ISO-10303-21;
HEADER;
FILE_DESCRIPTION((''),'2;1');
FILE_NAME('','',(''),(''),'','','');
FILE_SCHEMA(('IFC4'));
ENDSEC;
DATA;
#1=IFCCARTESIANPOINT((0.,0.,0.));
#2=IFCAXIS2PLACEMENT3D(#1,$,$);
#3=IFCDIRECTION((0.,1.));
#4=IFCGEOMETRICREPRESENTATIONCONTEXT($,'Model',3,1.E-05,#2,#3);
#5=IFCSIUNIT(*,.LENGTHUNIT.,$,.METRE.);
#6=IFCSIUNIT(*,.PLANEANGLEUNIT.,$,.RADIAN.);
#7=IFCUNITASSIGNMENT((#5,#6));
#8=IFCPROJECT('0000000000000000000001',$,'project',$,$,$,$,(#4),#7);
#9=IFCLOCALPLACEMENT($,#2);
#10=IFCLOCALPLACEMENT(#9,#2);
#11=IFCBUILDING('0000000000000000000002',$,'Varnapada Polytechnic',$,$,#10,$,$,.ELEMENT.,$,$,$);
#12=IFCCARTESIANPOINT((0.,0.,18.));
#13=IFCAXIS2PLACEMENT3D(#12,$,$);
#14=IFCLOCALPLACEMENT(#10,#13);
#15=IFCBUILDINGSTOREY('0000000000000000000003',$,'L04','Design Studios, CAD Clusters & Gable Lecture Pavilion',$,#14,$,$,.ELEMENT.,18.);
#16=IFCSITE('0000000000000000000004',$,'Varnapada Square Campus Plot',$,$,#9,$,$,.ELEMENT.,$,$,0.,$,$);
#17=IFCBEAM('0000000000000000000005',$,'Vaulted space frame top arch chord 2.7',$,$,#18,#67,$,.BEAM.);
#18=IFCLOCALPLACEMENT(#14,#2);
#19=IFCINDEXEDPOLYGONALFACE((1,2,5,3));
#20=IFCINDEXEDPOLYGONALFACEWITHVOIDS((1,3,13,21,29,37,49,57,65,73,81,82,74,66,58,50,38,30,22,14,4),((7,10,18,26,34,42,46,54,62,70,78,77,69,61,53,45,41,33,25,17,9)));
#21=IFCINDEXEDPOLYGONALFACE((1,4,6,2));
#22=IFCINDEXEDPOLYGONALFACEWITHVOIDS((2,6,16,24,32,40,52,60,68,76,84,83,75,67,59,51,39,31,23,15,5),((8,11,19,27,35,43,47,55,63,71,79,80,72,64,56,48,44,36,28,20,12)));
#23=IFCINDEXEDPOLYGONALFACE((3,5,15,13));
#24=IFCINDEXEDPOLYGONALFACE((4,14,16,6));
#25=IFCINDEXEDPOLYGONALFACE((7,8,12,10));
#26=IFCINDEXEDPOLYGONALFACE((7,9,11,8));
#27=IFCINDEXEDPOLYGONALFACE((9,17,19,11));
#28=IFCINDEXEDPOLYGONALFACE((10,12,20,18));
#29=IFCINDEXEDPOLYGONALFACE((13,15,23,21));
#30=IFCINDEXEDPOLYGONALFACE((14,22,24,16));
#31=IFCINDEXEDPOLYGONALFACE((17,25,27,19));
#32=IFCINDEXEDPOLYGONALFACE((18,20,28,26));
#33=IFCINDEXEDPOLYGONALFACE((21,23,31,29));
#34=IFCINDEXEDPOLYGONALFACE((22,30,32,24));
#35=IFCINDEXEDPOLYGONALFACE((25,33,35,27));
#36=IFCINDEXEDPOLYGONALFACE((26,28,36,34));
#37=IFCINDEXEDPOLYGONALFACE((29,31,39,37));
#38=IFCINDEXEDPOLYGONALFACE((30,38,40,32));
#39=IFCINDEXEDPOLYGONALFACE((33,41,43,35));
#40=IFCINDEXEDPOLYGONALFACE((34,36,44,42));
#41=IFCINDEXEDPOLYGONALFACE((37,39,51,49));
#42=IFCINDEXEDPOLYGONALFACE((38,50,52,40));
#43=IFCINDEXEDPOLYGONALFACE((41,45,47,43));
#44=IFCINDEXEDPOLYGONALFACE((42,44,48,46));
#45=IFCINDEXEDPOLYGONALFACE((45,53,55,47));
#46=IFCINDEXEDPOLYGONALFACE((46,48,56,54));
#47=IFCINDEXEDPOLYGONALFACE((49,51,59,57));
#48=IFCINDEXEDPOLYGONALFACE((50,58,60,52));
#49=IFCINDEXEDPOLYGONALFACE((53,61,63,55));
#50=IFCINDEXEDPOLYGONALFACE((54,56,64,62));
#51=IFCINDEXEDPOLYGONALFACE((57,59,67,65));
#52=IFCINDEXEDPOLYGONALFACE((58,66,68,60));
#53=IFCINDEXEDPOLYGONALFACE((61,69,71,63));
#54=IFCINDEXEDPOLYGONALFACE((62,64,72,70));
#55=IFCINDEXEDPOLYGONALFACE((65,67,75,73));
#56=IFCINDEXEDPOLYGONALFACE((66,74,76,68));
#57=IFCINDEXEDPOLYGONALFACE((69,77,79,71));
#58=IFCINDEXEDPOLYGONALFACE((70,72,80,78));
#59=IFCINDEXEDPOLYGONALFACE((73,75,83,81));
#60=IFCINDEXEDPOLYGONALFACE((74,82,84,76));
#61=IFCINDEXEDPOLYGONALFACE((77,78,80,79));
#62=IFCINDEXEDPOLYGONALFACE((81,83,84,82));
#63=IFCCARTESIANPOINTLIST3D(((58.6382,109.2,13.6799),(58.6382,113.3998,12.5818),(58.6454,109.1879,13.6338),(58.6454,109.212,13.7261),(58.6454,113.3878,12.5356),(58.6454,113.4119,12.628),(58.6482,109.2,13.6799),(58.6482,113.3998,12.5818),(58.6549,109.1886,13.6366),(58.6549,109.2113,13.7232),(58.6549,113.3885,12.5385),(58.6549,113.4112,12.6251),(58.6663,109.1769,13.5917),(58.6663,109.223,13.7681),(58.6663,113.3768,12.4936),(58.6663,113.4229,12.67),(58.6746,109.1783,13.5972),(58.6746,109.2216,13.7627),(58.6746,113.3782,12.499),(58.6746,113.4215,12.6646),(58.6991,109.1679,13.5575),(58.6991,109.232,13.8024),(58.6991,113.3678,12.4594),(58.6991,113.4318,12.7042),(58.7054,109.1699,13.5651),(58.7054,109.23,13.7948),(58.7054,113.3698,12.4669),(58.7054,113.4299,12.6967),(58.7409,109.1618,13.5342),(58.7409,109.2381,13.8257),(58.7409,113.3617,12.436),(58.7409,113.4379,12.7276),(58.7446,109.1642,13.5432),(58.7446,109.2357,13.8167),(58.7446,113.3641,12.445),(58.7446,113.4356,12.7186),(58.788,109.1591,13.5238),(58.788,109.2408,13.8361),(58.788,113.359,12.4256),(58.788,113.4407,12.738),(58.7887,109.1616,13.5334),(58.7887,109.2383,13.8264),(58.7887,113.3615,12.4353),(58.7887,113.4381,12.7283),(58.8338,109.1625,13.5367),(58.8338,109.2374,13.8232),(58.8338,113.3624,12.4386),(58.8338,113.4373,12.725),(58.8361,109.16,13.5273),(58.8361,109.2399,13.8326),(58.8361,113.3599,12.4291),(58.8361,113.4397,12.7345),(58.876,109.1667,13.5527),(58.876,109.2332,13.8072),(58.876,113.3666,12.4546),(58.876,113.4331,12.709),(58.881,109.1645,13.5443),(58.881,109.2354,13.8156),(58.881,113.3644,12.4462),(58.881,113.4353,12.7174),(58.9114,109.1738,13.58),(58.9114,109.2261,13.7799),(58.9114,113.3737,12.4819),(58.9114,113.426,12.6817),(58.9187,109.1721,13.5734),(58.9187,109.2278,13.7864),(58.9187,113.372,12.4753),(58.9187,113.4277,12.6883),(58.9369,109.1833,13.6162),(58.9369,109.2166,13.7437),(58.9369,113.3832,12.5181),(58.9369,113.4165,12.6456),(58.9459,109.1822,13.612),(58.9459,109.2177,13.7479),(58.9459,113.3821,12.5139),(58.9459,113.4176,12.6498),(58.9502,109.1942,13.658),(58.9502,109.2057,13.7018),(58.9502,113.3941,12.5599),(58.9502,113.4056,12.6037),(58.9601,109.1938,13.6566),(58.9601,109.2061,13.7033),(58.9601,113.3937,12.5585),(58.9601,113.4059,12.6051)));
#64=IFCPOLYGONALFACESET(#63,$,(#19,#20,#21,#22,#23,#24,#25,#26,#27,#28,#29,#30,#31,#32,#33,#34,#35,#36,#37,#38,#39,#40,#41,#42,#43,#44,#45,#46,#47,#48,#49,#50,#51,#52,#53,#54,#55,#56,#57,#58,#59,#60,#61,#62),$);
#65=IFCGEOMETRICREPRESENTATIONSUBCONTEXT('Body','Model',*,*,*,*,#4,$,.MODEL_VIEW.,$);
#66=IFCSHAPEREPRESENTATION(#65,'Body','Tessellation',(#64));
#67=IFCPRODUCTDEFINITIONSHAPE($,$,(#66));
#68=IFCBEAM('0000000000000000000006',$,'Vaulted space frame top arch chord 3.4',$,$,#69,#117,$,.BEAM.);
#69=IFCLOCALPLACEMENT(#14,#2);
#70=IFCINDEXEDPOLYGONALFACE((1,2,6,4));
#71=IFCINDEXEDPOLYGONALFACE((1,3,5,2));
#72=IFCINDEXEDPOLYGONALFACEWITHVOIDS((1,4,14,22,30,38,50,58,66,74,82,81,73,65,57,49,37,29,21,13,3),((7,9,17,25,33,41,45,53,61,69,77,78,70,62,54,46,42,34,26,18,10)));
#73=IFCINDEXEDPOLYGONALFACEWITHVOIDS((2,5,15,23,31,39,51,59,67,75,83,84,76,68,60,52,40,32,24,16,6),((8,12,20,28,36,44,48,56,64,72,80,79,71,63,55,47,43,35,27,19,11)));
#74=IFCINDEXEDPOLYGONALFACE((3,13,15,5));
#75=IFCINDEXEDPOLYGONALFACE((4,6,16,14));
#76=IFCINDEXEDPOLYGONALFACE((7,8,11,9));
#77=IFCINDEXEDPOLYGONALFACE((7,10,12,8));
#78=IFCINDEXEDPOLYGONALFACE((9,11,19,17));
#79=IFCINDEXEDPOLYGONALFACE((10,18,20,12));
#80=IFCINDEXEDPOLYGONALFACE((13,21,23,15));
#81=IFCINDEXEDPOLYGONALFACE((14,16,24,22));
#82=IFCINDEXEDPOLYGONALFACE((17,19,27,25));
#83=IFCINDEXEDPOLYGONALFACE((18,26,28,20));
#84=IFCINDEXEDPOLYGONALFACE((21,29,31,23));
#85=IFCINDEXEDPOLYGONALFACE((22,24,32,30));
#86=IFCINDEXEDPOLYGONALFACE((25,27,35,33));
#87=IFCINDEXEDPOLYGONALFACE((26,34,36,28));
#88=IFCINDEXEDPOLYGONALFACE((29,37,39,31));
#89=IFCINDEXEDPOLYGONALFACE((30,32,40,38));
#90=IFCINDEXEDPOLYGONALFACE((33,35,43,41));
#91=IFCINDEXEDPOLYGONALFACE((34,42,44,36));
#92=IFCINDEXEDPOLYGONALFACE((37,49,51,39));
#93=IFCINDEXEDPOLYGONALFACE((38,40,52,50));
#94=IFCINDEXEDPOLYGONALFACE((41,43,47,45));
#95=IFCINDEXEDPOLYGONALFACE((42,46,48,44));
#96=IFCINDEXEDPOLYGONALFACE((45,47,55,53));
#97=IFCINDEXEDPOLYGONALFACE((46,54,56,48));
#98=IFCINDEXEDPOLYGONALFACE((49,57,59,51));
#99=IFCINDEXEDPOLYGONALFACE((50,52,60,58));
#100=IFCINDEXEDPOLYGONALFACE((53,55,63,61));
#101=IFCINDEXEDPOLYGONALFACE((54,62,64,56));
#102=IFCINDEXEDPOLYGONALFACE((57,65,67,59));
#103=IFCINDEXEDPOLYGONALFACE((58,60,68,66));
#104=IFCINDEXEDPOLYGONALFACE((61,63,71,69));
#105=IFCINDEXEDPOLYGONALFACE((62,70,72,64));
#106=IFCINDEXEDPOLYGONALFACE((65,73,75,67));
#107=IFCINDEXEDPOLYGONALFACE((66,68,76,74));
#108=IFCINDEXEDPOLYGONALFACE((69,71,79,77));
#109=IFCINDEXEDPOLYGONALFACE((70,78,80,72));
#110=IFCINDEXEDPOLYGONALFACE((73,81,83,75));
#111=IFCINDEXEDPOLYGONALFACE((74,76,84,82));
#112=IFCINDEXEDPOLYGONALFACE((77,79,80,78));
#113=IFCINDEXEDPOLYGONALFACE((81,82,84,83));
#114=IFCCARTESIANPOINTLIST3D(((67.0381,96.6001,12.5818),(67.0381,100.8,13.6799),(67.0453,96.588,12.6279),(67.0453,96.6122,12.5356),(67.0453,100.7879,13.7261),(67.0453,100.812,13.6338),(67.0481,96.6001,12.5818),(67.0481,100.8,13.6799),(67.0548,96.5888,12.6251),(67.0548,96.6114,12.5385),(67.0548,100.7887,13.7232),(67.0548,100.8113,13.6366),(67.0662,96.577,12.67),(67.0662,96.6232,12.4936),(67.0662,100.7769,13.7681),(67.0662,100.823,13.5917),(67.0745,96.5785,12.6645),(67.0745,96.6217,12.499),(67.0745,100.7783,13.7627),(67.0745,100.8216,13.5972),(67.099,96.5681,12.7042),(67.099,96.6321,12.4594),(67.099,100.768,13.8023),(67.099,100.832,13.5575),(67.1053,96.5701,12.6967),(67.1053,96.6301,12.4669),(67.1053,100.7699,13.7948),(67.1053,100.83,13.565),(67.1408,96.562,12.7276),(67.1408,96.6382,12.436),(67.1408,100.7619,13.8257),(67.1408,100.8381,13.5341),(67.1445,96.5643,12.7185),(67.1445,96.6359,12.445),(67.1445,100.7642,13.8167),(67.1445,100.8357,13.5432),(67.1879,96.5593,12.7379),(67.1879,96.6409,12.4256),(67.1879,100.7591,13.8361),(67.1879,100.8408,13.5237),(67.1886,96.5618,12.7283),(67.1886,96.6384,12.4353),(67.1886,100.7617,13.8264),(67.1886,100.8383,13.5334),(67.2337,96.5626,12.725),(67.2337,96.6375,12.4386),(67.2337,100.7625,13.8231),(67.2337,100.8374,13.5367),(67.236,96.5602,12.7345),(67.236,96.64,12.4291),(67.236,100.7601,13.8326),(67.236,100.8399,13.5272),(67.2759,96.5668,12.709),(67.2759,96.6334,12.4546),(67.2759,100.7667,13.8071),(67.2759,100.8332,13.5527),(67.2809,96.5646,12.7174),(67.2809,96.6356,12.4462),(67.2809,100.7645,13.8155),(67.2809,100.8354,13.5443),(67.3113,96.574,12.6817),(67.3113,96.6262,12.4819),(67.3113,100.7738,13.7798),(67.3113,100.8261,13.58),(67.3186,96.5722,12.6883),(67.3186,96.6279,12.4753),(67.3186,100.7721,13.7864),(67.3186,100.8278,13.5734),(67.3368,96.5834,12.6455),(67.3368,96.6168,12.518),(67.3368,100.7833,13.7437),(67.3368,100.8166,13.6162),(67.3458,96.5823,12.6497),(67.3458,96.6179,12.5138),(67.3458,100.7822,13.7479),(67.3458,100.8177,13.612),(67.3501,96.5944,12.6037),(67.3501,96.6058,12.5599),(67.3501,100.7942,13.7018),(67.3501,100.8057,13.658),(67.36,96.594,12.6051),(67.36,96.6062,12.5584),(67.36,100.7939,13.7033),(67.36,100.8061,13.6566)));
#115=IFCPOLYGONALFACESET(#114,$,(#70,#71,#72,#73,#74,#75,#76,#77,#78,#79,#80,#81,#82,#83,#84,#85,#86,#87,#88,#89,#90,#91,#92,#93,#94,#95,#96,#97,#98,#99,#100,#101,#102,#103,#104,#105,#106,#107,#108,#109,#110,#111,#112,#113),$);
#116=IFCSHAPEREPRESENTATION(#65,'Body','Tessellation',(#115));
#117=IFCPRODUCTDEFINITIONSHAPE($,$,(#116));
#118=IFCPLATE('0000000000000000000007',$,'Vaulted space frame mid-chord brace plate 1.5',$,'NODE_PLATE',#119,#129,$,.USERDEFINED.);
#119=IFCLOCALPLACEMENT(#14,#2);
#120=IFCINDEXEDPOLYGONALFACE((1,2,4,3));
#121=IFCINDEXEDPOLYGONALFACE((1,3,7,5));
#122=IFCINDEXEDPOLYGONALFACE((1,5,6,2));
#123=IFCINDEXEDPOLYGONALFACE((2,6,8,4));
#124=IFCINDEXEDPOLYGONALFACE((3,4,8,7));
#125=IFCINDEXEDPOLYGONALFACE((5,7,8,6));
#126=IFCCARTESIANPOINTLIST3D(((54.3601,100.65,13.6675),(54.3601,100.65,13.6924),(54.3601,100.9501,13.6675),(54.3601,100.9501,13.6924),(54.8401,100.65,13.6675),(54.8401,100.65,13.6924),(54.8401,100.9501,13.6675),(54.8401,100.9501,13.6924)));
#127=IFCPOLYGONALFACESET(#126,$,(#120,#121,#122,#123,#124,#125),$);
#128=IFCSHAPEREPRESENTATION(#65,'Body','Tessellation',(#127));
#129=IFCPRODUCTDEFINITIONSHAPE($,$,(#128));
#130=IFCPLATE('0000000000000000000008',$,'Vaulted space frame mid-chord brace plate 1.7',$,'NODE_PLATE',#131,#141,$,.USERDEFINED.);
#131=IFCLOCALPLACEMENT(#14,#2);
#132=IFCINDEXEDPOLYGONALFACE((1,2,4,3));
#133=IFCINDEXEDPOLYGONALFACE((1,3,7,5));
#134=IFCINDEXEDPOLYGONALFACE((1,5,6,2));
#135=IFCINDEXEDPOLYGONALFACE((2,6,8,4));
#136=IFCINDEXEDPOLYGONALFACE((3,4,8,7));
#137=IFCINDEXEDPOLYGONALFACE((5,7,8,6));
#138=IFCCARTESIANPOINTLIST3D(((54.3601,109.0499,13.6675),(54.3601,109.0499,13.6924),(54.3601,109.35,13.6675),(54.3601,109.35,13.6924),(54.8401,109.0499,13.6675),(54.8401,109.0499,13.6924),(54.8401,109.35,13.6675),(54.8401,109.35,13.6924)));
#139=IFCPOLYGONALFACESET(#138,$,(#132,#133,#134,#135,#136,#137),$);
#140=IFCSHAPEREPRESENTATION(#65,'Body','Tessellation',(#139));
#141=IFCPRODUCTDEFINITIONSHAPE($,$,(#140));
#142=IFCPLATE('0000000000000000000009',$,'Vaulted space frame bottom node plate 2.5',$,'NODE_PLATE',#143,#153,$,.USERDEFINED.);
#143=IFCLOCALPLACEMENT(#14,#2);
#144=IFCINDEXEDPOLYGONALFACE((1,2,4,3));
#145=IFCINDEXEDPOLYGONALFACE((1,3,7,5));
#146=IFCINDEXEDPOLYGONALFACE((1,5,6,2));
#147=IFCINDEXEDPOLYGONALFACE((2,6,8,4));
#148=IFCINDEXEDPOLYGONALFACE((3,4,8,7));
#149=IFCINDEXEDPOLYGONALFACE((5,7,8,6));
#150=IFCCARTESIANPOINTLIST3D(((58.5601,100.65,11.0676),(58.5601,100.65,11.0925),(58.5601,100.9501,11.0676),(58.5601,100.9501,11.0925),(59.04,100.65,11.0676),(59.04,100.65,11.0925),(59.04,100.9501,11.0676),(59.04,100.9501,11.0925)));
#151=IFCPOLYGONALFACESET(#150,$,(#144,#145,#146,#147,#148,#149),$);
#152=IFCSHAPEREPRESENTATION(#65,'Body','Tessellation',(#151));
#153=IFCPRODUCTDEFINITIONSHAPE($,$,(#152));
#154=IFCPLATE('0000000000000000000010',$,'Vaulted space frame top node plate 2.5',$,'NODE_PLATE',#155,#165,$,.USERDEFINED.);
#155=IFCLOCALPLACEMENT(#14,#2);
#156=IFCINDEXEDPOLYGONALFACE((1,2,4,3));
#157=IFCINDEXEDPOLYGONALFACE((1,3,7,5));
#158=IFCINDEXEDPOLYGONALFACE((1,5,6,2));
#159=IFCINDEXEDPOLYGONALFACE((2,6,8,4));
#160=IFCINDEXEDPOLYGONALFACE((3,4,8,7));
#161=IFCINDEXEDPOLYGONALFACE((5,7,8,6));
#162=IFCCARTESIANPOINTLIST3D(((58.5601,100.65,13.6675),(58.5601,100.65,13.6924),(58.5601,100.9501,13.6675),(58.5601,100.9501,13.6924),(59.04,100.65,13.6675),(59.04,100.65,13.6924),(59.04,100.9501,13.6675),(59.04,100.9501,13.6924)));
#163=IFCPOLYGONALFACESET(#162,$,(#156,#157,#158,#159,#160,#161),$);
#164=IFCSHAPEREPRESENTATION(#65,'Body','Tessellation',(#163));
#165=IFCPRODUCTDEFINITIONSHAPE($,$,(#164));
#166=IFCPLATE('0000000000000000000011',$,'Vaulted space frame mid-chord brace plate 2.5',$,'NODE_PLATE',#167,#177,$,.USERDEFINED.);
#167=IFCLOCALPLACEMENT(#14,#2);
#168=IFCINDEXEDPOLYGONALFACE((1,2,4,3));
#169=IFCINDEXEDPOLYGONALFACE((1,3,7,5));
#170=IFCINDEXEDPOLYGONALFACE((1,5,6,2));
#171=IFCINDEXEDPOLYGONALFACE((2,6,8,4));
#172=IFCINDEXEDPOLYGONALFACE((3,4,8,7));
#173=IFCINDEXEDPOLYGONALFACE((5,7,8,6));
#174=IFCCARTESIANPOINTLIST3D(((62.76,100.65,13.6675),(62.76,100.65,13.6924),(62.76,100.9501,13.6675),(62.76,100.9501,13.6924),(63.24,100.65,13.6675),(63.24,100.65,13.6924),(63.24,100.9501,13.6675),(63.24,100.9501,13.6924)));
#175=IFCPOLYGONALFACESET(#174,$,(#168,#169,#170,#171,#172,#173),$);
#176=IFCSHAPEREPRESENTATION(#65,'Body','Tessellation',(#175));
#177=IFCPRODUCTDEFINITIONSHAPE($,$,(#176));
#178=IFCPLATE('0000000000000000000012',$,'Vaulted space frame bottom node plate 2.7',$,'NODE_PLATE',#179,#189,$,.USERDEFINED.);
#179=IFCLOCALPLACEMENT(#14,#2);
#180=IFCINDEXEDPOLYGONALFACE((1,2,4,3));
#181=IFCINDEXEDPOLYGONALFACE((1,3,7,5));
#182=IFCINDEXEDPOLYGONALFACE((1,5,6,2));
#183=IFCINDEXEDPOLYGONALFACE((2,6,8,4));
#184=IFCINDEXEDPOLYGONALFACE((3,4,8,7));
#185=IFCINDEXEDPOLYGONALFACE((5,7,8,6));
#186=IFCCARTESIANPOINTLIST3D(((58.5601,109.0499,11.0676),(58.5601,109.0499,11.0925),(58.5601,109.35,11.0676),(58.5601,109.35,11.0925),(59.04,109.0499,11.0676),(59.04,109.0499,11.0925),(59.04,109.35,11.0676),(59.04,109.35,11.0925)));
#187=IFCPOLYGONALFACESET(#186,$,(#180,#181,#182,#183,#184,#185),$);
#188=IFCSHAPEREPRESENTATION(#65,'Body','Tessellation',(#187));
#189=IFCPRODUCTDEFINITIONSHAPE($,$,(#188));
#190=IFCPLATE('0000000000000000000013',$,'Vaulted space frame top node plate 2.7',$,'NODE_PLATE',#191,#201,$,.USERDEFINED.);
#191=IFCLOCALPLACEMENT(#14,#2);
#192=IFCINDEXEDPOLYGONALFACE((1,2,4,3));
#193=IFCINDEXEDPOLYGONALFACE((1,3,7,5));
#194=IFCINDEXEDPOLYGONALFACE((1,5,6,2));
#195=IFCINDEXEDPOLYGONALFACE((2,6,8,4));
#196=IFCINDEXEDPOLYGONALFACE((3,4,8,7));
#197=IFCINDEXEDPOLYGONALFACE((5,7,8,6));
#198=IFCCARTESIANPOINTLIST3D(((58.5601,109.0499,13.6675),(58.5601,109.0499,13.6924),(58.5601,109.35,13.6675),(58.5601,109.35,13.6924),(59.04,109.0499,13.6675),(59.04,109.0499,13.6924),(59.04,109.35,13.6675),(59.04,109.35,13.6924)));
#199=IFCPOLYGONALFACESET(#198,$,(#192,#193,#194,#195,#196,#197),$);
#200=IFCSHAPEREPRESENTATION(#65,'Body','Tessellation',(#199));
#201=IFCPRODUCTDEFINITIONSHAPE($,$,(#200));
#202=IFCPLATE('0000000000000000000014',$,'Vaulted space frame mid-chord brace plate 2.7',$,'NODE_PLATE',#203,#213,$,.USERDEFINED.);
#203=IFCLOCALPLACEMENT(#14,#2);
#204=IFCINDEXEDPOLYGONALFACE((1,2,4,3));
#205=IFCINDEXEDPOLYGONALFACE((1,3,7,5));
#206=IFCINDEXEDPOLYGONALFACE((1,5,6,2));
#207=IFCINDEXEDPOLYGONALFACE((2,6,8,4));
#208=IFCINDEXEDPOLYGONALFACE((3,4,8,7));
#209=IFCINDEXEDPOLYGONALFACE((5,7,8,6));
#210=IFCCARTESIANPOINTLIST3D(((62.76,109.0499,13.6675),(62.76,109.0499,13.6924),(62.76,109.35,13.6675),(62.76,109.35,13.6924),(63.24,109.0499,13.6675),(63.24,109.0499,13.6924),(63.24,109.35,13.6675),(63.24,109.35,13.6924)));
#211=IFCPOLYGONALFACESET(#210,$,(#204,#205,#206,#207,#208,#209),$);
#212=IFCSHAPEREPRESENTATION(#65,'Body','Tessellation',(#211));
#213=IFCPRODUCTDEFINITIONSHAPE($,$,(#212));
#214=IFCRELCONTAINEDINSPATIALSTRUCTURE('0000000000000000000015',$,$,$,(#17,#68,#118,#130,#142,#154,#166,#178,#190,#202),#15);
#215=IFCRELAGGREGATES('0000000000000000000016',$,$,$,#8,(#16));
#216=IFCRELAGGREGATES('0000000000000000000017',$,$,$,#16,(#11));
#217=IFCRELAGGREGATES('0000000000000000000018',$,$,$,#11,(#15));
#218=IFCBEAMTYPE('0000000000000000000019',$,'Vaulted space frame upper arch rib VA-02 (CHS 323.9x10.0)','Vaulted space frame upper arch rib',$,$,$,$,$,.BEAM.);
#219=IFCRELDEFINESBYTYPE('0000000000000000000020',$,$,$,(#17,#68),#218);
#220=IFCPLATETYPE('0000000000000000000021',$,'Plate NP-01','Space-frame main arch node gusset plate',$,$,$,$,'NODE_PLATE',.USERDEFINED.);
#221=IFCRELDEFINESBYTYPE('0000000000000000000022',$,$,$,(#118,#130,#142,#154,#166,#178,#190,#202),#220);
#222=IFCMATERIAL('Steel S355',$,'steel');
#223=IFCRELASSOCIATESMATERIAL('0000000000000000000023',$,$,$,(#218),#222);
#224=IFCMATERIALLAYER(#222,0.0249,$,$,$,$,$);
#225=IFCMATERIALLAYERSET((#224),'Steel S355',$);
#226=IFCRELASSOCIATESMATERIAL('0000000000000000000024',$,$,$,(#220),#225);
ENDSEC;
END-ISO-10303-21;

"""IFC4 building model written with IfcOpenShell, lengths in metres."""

from ifc_helpers import new_model, si_unit, direction, frame, origin, origin_2d, place, context, subcontext, project, spatial, rectangle, hollow_circle, extrude, material, layer, layer_set, material_profile, profile_set, type_object, element, save


model = new_model("IFC4")

# Units and contexts
model_context = context("Model", 3, precision=1e-05, world=origin(), true_north=direction((0.0, 1.0)))
body_context = subcontext(model_context, "Body", "Model", "MODEL_VIEW")
ifc_project = project(units=[si_unit("LENGTHUNIT", "METRE"), si_unit("PLANEANGLEUNIT", "RADIAN")], contexts=[model_context])

# Site, building, storey
site_placement = place(None, origin())
site = spatial("IfcSite", under=ifc_project, at=site_placement, Name="Varnapada Square Campus Plot", CompositionType="ELEMENT", RefElevation=0.0)
building_placement = place(site_placement, origin())
building = spatial("IfcBuilding", under=site, at=building_placement, Name="Varnapada Polytechnic", CompositionType="ELEMENT")
storey_placement = place(building_placement, frame((0.0, 0.0, 18.0)))
storey = spatial("IfcBuildingStorey", under=building, at=storey_placement, Name="L04", Description="Design Studios, CAD Clusters & Gable Lecture Pavilion", CompositionType="ELEMENT", Elevation=18.0)

# Shared definitions
ifc_material = material(Name="Steel S355", Category="steel")

# Beams
ifc_material_profile_1 = material_profile(ifc_material, hollow_circle(Radius=0.1619, WallThickness=0.01, at=origin_2d()), Name="CHS 323.9x10.0")
ifc_profile_set_1 = profile_set([ifc_material_profile_1], Name="Steel S355")
beam_type_1 = type_object("IfcBeamType", Name="Vaulted space frame upper arch rib VA-02 (CHS 323.9x10.0)", Description="Vaulted space frame upper arch rib", PredefinedType="BEAM", material=ifc_profile_set_1)
for number, where, z_axis, x_axis, name in (
    (1, (58.8, 109.2, 13.6799), (0.0, 0.967476, -0.252962), (-1.0, 0.0, 0.0), "Vaulted space frame top arch chord 2.7"),
    (2, (67.2, 96.6001, 12.5818), (0.0, 0.967476, 0.252962), (-1.0, 0.0, 0.0), "Vaulted space frame top arch chord 3.4"),
):
    element("IfcBeam", number, at=place(storey_placement, frame(where, z_axis=z_axis, x_axis=x_axis)), inside=storey, type_object=beam_type_1, Name=name, PredefinedType="BEAM", context=body_context, shape_type="SweptSolid", body=[
        extrude(hollow_circle(Radius=0.1619, WallThickness=0.01, at=origin_2d()), origin(), (0.0, 0.0, 1.0), 4.3411),
    ])

# Plates
ifc_layer_1 = layer(ifc_material, 0.0249)
ifc_layer_set_1 = layer_set([ifc_layer_1], Name="Steel S355")
plate_type_1 = type_object("IfcPlateType", Name="Plate NP-01", Description="Space-frame main arch node gusset plate", ElementType="NODE_PLATE", PredefinedType="USERDEFINED", material=ifc_layer_set_1)
for number, where, z_axis, x_axis, name in (
    (3, (54.6001, 100.8, 13.6675), (0.0, 0.0, 1.0), (1.0, 0.0, 0.0), "Vaulted space frame mid-chord brace plate 1.5"),
    (4, (54.6001, 109.2, 13.6675), (0.0, 0.0, 1.0), (1.0, 0.0, 0.0), "Vaulted space frame mid-chord brace plate 1.7"),
    (5, (58.8, 100.8, 11.0676), (0.0, 0.0, 1.0), (1.0, 0.0, 0.0), "Vaulted space frame bottom node plate 2.5"),
    (6, (58.8, 100.8, 13.6675), (0.0, 0.0, 1.0), (1.0, 0.0, 0.0), "Vaulted space frame top node plate 2.5"),
    (7, (63.0, 100.8, 13.6675), (0.0, 0.0, 1.0), (1.0, 0.0, 0.0), "Vaulted space frame mid-chord brace plate 2.5"),
    (8, (58.8, 109.2, 11.0676), (0.0, 0.0, 1.0), (1.0, 0.0, 0.0), "Vaulted space frame bottom node plate 2.7"),
    (9, (58.8, 109.2, 13.6675), (0.0, 0.0, 1.0), (1.0, 0.0, 0.0), "Vaulted space frame top node plate 2.7"),
    (10, (63.0, 109.2, 13.6675), (0.0, 0.0, 1.0), (1.0, 0.0, 0.0), "Vaulted space frame mid-chord brace plate 2.7"),
):
    element("IfcPlate", number, at=place(storey_placement, frame(where, z_axis=z_axis, x_axis=x_axis)), inside=storey, type_object=plate_type_1, Name=name, ObjectType="NODE_PLATE", PredefinedType="USERDEFINED", context=body_context, shape_type="SweptSolid", body=[
        extrude(rectangle(XDim=0.48, YDim=0.3, at=origin_2d()), origin(), (0.0, 0.0, 1.0), 0.0249),
    ])

save(model, "model.ifc")
